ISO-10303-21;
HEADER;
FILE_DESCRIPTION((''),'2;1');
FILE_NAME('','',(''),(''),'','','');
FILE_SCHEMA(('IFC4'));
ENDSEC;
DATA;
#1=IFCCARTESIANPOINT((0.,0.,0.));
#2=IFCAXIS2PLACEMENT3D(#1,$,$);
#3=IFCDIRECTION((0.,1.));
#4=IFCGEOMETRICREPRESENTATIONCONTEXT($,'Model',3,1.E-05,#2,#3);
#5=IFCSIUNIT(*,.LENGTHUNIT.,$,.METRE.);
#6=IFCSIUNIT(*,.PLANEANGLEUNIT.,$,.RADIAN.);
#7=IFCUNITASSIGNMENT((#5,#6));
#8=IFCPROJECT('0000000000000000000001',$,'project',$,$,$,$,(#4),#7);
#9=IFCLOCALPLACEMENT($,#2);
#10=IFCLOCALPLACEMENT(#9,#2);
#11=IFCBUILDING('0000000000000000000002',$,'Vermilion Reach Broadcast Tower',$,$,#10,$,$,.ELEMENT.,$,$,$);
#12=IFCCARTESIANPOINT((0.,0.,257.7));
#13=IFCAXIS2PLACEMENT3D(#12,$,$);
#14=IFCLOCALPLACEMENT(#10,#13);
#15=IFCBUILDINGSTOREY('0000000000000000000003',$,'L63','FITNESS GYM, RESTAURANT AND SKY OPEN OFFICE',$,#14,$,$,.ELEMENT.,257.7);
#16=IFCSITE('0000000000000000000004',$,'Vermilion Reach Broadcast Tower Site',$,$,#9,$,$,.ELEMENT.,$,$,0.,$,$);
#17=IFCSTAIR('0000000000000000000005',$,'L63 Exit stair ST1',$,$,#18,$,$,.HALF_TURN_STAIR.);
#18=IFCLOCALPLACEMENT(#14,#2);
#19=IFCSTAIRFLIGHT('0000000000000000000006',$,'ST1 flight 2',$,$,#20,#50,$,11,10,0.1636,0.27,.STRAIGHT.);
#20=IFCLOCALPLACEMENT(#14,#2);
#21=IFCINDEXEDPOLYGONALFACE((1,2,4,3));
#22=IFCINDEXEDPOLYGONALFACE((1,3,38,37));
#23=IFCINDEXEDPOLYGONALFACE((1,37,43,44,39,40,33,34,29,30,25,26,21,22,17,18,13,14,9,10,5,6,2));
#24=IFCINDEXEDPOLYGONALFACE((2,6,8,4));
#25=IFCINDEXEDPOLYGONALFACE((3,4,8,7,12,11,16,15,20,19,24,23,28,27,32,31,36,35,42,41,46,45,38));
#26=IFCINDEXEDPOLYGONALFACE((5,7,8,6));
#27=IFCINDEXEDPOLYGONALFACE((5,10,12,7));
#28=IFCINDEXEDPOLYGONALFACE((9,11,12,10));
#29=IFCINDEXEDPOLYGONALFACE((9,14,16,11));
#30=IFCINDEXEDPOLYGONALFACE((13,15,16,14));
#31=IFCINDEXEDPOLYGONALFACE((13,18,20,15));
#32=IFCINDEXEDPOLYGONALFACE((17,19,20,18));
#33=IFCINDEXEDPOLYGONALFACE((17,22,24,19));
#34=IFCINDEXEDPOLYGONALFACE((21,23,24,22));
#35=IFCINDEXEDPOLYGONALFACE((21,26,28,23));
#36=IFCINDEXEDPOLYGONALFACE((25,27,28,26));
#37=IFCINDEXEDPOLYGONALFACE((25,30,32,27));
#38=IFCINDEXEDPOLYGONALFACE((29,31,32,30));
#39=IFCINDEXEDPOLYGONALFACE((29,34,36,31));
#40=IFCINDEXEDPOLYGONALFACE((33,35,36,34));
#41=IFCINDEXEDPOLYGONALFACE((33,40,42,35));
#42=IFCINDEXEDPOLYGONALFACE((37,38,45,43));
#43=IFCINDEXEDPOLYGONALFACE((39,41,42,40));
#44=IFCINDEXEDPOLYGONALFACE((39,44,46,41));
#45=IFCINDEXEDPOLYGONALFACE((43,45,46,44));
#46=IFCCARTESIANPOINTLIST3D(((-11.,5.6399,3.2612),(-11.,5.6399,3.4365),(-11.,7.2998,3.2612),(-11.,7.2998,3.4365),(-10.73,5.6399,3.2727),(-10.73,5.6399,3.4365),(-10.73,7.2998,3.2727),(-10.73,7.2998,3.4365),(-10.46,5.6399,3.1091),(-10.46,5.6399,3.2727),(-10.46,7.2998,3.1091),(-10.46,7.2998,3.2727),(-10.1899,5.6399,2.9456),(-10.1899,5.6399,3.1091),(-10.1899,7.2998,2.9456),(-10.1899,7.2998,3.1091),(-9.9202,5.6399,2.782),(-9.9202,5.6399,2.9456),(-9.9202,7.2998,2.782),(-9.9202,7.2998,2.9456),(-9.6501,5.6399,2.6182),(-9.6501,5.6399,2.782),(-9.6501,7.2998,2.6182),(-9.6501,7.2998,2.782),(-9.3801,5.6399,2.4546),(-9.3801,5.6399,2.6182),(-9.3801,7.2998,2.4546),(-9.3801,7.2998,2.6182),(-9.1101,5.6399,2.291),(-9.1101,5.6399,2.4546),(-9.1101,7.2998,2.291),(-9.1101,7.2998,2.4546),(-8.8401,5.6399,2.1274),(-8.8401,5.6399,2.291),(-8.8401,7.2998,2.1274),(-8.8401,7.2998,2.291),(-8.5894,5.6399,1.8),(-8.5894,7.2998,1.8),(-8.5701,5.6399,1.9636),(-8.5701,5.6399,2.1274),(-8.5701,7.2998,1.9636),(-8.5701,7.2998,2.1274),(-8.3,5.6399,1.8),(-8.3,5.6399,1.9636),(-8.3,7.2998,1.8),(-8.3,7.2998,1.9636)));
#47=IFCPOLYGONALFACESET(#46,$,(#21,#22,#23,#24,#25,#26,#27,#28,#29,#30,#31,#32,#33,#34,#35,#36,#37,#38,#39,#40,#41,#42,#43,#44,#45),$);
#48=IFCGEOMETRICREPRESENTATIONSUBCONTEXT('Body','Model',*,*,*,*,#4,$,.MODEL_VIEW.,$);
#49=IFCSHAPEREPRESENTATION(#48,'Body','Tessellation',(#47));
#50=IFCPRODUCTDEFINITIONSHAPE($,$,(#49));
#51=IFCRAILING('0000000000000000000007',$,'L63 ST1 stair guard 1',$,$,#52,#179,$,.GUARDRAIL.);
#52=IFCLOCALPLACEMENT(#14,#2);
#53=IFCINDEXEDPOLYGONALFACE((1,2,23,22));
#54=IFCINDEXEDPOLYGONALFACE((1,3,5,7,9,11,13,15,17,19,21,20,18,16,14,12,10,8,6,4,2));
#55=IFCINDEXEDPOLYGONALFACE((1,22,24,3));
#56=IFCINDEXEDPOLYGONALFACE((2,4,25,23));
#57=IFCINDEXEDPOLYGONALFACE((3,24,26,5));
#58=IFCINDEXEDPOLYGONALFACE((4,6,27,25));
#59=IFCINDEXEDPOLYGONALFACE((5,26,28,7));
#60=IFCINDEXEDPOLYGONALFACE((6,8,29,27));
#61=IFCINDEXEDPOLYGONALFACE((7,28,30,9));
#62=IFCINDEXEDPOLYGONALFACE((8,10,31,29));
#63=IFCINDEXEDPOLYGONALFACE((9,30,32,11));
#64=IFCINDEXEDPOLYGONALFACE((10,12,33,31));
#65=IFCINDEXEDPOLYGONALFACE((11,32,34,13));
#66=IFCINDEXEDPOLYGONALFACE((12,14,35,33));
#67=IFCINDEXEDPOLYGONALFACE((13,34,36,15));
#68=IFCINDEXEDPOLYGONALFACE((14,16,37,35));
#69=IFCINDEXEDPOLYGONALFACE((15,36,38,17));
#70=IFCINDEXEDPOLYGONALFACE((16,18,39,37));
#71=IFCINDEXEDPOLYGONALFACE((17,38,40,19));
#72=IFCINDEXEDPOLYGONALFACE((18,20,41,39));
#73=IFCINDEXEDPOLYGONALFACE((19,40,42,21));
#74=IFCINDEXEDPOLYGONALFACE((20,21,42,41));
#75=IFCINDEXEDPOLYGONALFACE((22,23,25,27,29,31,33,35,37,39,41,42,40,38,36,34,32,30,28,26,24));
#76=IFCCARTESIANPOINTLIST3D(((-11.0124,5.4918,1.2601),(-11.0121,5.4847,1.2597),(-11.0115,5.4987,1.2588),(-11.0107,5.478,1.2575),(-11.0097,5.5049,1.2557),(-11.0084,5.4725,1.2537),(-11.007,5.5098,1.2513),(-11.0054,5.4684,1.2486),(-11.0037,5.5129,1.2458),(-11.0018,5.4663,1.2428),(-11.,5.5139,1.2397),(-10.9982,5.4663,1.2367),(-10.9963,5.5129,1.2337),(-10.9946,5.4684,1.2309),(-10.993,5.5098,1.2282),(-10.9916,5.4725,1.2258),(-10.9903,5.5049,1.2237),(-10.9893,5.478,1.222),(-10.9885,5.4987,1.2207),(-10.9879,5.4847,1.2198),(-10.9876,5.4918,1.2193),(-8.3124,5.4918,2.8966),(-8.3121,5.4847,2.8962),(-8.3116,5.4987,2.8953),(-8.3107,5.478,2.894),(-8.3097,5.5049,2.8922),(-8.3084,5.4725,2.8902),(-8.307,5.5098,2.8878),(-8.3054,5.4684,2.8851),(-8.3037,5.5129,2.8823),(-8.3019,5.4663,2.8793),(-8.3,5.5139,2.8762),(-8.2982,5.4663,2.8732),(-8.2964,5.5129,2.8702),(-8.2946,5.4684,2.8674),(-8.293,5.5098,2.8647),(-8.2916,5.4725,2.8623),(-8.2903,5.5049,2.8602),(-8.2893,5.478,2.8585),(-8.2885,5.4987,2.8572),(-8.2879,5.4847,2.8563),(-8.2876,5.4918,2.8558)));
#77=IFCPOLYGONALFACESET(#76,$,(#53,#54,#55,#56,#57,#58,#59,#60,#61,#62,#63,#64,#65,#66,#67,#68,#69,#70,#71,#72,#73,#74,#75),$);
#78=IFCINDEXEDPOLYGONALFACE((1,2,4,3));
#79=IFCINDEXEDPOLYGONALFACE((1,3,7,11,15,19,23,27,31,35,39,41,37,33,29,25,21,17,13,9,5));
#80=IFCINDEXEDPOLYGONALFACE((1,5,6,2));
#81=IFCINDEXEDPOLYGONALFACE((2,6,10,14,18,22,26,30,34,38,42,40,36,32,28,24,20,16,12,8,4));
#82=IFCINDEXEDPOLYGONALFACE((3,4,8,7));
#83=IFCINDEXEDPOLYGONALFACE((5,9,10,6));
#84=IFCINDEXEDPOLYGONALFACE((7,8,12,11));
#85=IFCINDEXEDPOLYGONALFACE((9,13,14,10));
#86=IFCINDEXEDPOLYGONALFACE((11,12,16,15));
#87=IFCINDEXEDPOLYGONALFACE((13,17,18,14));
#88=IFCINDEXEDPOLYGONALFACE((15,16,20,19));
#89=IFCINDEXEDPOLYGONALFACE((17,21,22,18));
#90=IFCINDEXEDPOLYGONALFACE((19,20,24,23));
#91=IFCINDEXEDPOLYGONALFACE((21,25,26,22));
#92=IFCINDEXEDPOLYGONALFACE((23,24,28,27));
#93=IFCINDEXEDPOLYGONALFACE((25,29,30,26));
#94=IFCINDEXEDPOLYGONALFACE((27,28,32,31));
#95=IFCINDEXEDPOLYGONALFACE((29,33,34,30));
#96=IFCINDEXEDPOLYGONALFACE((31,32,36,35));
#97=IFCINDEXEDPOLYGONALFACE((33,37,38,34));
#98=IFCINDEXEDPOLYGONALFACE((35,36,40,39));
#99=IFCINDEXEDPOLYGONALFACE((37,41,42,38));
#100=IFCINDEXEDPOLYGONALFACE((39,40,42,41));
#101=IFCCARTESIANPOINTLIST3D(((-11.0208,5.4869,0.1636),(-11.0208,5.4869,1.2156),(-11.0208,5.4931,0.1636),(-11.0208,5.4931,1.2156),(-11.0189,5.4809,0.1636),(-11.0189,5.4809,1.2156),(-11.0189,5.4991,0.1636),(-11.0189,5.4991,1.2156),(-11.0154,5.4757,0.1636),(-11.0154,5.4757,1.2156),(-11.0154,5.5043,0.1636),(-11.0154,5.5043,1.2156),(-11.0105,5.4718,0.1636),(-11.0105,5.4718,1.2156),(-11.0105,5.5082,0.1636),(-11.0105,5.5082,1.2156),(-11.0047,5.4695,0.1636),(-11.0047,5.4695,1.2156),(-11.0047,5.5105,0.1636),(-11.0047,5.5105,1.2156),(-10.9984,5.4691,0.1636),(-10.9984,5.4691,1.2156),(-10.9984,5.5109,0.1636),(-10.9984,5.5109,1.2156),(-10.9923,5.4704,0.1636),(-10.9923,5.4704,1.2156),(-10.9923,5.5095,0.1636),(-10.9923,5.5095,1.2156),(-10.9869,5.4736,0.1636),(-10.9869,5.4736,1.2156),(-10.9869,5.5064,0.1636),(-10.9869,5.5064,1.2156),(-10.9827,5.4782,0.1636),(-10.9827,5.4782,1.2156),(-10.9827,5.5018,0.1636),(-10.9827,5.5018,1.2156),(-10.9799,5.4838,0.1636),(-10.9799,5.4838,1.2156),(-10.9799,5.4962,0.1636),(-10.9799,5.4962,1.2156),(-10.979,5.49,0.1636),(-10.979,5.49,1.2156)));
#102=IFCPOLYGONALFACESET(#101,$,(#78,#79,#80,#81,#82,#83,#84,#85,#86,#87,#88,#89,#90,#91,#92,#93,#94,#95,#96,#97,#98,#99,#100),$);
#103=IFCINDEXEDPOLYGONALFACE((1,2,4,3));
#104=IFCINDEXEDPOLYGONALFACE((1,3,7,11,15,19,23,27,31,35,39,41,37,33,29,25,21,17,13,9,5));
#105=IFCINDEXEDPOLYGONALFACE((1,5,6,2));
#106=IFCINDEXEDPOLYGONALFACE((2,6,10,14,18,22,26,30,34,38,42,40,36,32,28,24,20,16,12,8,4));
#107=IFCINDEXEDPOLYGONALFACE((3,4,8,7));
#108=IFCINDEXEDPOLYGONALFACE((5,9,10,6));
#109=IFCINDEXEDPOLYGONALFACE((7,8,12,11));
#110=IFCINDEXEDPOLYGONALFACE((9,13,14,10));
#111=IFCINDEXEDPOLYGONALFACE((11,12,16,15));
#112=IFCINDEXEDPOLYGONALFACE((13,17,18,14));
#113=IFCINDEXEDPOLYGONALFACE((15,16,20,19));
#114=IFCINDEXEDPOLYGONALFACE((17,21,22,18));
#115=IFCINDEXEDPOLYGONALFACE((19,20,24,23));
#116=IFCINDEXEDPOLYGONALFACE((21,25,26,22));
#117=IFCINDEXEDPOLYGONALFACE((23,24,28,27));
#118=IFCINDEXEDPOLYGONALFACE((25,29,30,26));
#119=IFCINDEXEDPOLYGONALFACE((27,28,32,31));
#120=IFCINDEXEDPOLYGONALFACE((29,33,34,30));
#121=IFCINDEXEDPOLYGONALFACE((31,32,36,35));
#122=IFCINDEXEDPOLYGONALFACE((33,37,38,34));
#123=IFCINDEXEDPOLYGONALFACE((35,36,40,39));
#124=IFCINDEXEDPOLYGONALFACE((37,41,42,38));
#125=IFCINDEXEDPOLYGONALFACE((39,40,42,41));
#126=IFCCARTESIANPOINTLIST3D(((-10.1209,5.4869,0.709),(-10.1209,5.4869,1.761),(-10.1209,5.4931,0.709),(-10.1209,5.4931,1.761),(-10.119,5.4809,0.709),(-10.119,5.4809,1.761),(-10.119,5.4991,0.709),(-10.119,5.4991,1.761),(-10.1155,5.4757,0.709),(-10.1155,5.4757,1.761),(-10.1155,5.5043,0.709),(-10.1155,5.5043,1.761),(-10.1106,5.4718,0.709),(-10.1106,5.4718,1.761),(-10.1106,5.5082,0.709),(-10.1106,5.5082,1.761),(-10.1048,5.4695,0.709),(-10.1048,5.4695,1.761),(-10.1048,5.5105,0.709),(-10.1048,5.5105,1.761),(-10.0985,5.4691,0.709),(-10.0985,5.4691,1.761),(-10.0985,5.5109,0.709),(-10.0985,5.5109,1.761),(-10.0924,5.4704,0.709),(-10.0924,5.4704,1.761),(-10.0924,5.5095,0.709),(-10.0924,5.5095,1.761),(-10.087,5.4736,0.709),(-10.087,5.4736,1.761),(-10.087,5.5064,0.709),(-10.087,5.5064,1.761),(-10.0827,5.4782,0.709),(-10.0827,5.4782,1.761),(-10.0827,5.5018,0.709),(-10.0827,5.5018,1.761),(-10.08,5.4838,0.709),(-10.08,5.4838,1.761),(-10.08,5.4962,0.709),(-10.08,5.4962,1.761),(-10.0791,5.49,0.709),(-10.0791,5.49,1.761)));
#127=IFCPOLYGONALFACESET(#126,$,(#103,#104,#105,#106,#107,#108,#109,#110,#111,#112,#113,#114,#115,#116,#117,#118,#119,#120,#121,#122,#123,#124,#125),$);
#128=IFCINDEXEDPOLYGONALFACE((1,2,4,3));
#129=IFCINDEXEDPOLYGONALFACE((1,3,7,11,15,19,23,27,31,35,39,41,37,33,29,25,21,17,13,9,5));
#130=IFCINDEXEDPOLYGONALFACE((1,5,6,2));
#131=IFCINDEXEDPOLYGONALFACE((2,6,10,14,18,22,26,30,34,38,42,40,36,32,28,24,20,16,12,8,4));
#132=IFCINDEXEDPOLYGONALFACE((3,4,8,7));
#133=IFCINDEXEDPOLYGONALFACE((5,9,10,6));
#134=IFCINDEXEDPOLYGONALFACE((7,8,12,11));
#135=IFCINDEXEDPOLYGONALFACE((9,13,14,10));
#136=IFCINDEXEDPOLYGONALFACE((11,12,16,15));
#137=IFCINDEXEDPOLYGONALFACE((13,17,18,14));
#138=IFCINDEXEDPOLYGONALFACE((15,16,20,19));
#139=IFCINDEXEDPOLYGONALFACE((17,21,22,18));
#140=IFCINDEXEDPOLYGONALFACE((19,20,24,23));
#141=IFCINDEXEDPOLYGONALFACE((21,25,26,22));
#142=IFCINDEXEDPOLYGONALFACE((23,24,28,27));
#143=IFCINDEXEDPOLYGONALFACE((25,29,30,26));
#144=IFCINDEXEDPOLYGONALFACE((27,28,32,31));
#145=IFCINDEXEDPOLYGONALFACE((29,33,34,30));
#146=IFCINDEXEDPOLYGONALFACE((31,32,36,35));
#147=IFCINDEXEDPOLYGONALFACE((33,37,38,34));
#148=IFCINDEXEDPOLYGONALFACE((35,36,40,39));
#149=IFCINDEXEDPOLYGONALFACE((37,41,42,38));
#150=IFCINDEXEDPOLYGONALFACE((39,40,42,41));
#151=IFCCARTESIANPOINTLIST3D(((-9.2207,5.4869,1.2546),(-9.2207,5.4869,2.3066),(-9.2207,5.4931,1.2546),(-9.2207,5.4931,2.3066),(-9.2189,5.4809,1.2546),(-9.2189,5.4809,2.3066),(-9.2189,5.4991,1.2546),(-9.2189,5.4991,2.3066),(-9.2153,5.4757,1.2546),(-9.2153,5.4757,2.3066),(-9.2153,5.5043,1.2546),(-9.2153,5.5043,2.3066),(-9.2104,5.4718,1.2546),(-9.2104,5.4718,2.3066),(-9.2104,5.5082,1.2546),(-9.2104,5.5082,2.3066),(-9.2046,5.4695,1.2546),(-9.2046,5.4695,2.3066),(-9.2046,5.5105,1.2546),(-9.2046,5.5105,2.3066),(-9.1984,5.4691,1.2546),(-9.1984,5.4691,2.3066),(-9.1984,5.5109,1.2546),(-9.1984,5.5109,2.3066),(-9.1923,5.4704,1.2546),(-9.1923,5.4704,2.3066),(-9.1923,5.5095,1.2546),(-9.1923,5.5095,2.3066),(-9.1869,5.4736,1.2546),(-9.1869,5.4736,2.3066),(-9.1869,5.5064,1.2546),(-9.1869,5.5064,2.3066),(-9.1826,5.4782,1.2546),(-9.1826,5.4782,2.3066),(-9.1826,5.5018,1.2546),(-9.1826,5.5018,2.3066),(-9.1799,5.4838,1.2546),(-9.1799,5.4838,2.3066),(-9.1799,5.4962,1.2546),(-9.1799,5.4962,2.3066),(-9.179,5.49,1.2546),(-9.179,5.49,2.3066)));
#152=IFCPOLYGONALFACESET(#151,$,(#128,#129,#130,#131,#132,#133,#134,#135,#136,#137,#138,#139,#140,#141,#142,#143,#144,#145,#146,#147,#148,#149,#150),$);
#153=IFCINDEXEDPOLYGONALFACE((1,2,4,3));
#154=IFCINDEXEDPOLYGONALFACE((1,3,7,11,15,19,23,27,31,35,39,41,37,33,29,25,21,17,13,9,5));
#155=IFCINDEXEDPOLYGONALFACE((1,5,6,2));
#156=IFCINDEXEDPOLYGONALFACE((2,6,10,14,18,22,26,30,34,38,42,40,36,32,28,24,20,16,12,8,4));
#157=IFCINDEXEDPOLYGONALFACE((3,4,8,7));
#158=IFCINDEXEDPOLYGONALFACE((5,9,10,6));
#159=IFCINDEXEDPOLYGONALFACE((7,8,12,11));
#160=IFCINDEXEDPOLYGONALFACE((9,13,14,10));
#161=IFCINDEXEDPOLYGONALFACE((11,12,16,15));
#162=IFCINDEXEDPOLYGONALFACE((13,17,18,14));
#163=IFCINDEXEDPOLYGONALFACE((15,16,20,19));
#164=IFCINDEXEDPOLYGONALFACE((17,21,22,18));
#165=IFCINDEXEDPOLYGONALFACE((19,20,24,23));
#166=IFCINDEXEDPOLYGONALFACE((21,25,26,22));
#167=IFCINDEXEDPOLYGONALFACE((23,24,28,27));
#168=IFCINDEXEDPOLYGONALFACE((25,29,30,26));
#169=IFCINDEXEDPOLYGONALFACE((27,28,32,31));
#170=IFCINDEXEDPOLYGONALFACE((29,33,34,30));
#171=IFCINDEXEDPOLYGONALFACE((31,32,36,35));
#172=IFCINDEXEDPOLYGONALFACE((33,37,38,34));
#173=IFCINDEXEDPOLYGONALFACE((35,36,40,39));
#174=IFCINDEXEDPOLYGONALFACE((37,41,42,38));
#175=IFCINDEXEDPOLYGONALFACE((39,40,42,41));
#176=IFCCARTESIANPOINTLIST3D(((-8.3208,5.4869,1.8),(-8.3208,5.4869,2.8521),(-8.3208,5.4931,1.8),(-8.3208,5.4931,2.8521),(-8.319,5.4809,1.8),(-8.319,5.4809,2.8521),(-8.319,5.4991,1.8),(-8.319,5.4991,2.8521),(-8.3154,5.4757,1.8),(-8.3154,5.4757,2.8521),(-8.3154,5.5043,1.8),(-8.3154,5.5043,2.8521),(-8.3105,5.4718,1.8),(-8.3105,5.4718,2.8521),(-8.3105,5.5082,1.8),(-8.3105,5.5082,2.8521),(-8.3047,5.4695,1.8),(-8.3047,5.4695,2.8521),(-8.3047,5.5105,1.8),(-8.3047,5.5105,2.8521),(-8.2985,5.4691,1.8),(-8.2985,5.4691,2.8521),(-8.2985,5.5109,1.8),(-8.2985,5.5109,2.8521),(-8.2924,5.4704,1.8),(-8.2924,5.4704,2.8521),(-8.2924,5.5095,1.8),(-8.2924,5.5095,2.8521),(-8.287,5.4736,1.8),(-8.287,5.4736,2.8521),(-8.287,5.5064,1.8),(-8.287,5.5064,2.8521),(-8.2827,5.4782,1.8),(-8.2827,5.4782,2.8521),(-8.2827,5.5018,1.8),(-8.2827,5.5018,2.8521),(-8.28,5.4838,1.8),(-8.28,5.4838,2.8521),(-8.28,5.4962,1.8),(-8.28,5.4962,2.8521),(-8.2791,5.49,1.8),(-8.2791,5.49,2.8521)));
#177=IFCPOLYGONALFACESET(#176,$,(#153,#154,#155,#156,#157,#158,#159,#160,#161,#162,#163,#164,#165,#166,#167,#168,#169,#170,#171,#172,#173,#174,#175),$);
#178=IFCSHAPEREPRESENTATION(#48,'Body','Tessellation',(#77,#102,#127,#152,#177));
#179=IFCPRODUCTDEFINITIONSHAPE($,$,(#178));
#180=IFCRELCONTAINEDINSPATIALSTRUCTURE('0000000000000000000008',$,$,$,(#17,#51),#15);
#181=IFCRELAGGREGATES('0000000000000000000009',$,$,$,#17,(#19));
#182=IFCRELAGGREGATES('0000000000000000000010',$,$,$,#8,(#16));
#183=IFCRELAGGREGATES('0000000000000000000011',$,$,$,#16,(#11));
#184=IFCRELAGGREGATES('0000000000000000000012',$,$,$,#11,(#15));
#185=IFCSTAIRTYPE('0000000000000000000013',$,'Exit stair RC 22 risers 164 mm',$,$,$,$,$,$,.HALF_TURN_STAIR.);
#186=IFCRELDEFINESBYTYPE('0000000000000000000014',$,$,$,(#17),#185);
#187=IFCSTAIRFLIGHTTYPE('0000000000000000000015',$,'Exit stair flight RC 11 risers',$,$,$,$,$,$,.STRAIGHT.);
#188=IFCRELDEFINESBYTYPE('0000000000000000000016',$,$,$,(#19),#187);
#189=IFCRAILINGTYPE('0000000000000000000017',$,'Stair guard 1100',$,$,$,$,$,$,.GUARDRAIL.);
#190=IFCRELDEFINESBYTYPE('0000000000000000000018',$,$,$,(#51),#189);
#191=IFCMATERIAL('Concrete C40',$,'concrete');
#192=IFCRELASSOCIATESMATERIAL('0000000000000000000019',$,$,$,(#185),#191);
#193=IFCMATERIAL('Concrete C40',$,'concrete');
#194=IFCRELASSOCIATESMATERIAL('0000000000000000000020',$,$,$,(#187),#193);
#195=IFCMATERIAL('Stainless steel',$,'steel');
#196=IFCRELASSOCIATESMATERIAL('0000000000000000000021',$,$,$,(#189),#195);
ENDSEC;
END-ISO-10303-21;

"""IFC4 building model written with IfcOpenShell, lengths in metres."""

from ifc_helpers import new_model, si_unit, direction, frame, origin, origin_2d, place, context, subcontext, project, spatial, polyline, circle, outline, extrude, material, type_object, element, aggregate, save


model = new_model("IFC4")

# Units and contexts
model_context = context("Model", 3, precision=1e-05, world=origin(), true_north=direction((0.0, 1.0)))
body_context = subcontext(model_context, "Body", "Model", "MODEL_VIEW")
ifc_project = project(units=[si_unit("LENGTHUNIT", "METRE"), si_unit("PLANEANGLEUNIT", "RADIAN")], contexts=[model_context])

# Site, building, storey
site_placement = place(None, origin())
site = spatial("IfcSite", under=ifc_project, at=site_placement, Name="Vermilion Reach Broadcast Tower Site", CompositionType="ELEMENT", RefElevation=0.0)
building_placement = place(site_placement, origin())
building = spatial("IfcBuilding", under=site, at=building_placement, Name="Vermilion Reach Broadcast Tower", CompositionType="ELEMENT")
storey_placement = place(building_placement, frame((0.0, 0.0, 257.7)))
storey = spatial("IfcBuildingStorey", under=building, at=storey_placement, Name="L63", Description="FITNESS GYM, RESTAURANT AND SKY OPEN OFFICE", CompositionType="ELEMENT", Elevation=257.7)

# Stair, stair flight
ifc_material_1 = material(Name="Concrete C40", Category="concrete")
stair_type = type_object("IfcStairType", Name="Exit stair RC 22 risers 164 mm", PredefinedType="HALF_TURN_STAIR", material=ifc_material_1)
stair_placement = place(storey_placement, origin())
stair = element("IfcStair", 1, at=stair_placement, inside=storey, type_object=stair_type, Name="L63 Exit stair ST1", PredefinedType="HALF_TURN_STAIR")
ifc_material_2 = material(Name="Concrete C40", Category="concrete")
stair_flight_type = type_object("IfcStairFlightType", Name="Exit stair flight RC 11 risers", PredefinedType="STRAIGHT", material=ifc_material_2)
stair_flight_1_placement = place(storey_placement, frame((-8.3, 6.47, 1.8), z_axis=(0.0, 0.0, 1.0), x_axis=(-1.0, 0.0, 0.0)))
stair_flight_1 = element("IfcStairFlight", 2, at=stair_flight_1_placement, type_object=stair_flight_type, Name="ST1 flight 2", NumberOfRisers=11, NumberOfTreads=10, PredefinedType="STRAIGHT", RiserHeight=0.1636, TreadLength=0.27, context=body_context, shape_type="SweptSolid", body=[
    extrude(outline(polyline([(0.0, 0.0), (0.0, 0.1636), (0.27, 0.1636), (0.27, 0.3274), (0.54, 0.3274), (0.54, 0.491), (0.8101, 0.491), (0.8101, 0.6545), (1.0801, 0.6545), (1.0801, 0.8181), (1.3501, 0.8181), (1.3501, 0.9819), (1.6201, 0.9819), (1.6201, 1.1455), (1.8899, 1.1455), (1.8899, 1.3091), (2.1599, 1.3091), (2.1599, 1.4727), (2.4299, 1.4727), (2.4299, 1.6365), (2.7, 1.6365), (2.7, 1.8), (2.7, 1.4612), (0.2893, 0.0), (0.0, 0.0)])), frame((0.0, 0.8301, 0.0), z_axis=(0.0, -1.0, 0.0), x_axis=(1.0, 0.0, 0.0)), (0.0, 0.0, 1.0), 1.6599),
])
aggregate(stair, [stair_flight_1])

# Railing
ifc_material_3 = material(Name="Stainless steel", Category="steel")
railing_type_1 = type_object("IfcRailingType", Name="Stair guard 1100", PredefinedType="GUARDRAIL", material=ifc_material_3)
railing_1_placement = place(storey_placement, frame((-11.0, 5.49, 0.1636)))
element("IfcRailing", 3, at=railing_1_placement, inside=storey, type_object=railing_type_1, Name="L63 ST1 stair guard 1", PredefinedType="GUARDRAIL", context=body_context, shape_type="SweptSolid", body=[
    extrude(circle(Radius=0.0239, at=origin_2d()), frame((0.0, 0.0, 1.0762), z_axis=(0.855178, 0.0, 0.518334), x_axis=(0.0, 1.0, 0.0)), (0.0, 0.0, 1.0), 3.1572),
    extrude(circle(Radius=0.021, at=origin_2d()), origin(), (0.0, 0.0, 1.0), 1.052),
    extrude(circle(Radius=0.021, at=origin_2d()), frame((0.8999, 0.0, 0.5454)), (0.0, 0.0, 1.0), 1.052),
    extrude(circle(Radius=0.021, at=origin_2d()), frame((1.8, 0.0, 1.0911)), (0.0, 0.0, 1.0), 1.052),
    extrude(circle(Radius=0.021, at=origin_2d()), frame((2.7, 0.0, 1.6365)), (0.0, 0.0, 1.0), 1.052),
])

save(model, "model.ifc")
